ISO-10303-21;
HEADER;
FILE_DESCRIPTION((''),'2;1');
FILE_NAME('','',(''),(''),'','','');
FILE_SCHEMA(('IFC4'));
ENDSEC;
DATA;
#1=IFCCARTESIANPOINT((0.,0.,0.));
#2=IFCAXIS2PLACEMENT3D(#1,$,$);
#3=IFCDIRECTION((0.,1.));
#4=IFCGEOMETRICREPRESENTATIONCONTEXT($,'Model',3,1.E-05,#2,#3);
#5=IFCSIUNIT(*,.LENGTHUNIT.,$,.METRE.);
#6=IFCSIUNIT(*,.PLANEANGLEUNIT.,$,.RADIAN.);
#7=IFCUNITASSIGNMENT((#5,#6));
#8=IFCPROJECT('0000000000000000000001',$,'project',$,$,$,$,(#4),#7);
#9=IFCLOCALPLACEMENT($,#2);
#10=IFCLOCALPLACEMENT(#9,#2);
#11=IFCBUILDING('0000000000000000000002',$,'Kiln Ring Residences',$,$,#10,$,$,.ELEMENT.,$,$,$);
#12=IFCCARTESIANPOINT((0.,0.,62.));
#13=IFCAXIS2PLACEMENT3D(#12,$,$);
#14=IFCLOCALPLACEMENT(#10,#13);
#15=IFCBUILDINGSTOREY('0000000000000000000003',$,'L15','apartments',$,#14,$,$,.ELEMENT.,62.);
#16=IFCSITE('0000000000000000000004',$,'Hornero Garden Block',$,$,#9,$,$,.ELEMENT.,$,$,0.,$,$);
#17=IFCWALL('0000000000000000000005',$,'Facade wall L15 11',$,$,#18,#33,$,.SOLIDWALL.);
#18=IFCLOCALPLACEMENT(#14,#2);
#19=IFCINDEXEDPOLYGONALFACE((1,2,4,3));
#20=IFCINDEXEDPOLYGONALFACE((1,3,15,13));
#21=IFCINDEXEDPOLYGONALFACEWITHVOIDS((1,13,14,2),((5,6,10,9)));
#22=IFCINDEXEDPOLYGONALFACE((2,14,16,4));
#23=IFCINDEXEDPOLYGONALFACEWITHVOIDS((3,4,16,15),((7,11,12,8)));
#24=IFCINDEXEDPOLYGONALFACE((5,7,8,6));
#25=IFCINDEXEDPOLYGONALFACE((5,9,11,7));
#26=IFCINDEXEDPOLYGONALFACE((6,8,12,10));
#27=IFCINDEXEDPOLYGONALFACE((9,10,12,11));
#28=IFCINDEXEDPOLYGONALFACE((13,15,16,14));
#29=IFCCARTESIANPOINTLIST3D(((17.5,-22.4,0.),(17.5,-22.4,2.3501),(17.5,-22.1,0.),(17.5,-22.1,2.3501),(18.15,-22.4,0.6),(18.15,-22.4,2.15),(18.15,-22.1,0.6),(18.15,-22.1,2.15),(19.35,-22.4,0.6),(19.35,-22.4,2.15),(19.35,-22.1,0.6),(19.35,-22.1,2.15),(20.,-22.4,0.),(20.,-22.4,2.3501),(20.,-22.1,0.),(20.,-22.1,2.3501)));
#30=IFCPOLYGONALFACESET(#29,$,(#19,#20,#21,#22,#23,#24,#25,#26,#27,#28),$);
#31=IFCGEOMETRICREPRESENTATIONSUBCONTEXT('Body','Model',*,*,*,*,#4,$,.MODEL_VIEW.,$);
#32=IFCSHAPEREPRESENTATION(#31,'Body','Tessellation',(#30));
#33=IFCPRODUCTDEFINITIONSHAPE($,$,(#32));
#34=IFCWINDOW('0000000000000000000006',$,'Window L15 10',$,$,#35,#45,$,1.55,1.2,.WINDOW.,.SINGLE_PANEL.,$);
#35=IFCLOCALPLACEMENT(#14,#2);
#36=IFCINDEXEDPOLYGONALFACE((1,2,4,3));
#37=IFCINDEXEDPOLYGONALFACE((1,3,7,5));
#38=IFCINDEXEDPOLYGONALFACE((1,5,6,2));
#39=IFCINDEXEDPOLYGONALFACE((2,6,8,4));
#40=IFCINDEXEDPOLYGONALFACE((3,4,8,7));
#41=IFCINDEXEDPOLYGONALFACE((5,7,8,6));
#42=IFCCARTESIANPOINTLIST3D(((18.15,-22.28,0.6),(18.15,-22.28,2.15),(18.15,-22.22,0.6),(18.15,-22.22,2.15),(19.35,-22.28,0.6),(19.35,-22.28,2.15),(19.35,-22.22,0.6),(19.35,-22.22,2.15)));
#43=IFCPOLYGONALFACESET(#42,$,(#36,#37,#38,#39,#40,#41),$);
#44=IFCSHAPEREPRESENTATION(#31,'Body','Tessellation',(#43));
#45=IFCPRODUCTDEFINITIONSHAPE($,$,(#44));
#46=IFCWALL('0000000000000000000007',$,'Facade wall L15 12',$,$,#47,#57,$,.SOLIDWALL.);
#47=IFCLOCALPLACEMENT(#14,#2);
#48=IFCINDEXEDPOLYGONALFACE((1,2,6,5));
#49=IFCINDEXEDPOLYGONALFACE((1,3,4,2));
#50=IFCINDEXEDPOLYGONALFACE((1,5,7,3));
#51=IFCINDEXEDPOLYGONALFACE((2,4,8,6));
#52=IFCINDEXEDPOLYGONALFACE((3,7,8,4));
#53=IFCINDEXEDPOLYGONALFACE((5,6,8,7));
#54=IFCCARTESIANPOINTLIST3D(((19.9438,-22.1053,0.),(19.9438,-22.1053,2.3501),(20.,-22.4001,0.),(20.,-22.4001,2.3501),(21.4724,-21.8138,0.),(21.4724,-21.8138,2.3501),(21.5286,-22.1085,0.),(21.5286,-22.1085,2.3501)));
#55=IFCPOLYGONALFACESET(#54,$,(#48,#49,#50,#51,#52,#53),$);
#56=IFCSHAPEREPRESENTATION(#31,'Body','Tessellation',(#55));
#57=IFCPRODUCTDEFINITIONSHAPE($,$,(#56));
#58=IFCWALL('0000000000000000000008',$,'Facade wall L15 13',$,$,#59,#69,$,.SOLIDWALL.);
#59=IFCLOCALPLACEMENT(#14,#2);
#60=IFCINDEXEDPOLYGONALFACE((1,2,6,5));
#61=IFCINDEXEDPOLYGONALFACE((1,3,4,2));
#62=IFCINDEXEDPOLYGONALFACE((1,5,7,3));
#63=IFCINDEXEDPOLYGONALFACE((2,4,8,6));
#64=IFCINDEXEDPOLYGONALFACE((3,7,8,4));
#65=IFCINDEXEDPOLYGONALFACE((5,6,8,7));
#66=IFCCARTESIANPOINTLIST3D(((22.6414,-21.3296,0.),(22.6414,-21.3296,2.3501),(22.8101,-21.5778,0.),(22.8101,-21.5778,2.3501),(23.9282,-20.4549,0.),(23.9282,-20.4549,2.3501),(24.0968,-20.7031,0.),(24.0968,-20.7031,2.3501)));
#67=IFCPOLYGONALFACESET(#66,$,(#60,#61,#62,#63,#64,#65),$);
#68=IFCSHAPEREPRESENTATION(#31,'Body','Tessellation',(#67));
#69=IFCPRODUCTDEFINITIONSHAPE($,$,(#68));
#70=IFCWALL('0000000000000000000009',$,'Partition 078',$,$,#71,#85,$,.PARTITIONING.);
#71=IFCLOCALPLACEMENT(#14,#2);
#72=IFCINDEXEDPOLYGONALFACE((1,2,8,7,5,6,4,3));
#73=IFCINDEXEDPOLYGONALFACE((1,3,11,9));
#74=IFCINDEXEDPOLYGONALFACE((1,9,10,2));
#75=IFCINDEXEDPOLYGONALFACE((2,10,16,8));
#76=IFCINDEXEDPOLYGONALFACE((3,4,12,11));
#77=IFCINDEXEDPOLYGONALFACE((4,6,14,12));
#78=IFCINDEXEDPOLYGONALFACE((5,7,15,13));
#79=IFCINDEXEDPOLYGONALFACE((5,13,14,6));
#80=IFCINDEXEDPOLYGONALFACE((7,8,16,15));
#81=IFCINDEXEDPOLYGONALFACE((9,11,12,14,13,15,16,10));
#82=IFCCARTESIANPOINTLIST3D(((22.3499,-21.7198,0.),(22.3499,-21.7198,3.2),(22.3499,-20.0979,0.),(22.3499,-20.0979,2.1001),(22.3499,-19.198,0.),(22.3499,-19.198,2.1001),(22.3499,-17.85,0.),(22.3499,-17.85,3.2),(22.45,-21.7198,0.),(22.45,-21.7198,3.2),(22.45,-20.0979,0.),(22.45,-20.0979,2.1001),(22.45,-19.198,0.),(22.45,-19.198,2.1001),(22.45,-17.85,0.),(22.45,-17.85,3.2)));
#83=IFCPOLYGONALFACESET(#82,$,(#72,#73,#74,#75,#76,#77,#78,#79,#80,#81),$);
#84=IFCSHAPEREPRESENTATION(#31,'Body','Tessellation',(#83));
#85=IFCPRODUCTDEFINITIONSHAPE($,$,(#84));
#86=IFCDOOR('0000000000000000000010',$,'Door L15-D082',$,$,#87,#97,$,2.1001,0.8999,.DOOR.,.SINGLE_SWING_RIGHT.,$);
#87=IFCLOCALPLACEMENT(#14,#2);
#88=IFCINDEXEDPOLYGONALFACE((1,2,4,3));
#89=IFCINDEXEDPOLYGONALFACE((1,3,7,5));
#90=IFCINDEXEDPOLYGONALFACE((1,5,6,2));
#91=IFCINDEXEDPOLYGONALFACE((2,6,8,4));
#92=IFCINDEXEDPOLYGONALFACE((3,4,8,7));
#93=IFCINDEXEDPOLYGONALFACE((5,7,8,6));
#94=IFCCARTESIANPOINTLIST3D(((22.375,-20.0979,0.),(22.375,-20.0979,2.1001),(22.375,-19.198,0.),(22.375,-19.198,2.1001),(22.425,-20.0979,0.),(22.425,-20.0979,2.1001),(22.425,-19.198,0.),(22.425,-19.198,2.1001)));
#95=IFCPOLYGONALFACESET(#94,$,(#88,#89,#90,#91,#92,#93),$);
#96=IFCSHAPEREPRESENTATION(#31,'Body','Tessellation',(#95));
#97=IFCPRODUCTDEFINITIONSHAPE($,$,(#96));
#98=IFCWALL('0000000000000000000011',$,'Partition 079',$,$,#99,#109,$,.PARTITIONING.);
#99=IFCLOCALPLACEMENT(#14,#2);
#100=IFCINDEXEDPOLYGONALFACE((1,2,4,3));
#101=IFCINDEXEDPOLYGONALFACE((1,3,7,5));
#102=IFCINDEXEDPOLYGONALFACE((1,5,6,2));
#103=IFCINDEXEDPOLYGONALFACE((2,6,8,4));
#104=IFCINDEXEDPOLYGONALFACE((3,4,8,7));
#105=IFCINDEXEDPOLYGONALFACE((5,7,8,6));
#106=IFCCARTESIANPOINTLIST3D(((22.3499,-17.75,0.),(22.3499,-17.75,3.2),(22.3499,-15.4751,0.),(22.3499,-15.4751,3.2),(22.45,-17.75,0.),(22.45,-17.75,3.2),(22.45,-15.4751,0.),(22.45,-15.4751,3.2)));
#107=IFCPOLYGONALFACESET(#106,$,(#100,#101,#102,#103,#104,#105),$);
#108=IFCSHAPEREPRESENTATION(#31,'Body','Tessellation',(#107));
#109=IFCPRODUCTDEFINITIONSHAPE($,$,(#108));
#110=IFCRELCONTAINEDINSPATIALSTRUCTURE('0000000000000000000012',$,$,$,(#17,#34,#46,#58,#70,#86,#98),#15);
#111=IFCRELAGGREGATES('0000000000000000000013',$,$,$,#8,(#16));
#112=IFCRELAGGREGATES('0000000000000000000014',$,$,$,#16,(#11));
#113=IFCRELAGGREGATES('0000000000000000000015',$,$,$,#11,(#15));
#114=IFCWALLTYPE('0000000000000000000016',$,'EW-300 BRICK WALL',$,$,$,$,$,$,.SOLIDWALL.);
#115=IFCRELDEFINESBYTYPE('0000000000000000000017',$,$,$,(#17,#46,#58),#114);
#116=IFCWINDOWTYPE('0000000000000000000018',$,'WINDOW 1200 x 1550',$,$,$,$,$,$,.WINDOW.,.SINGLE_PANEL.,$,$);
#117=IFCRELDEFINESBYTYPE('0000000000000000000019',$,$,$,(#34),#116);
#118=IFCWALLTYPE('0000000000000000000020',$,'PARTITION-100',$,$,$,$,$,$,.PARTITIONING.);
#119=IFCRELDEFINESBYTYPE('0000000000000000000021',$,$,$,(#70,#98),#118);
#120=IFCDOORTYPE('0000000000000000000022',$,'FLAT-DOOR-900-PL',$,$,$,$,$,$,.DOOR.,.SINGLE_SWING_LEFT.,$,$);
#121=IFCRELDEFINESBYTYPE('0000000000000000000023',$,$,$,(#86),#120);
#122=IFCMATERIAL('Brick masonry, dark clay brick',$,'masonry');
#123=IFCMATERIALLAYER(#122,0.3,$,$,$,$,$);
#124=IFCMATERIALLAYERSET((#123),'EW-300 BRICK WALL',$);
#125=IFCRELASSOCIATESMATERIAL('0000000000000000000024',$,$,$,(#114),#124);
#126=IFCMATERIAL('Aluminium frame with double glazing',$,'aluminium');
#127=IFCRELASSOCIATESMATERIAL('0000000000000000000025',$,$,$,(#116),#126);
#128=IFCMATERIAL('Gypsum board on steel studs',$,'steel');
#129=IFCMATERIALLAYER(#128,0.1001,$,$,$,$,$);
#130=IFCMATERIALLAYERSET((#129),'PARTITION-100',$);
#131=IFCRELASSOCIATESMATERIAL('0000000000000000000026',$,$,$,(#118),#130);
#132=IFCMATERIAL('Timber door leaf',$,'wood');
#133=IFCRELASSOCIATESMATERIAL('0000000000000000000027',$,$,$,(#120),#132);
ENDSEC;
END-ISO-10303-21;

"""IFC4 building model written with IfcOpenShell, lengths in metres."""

from ifc_helpers import new_model, si_unit, direction, frame, frame_2d, origin, place, context, subcontext, project, spatial, rectangle, extrude, material, layer, layer_set, type_object, element, fill, save


model = new_model("IFC4")

# Units and contexts
model_context = context("Model", 3, precision=1e-05, world=origin(), true_north=direction((0.0, 1.0)))
body_context = subcontext(model_context, "Body", "Model", "MODEL_VIEW")
ifc_project = project(units=[si_unit("LENGTHUNIT", "METRE"), si_unit("PLANEANGLEUNIT", "RADIAN")], contexts=[model_context])

# Site, building, storey
site_placement = place(None, origin())
site = spatial("IfcSite", under=ifc_project, at=site_placement, Name="Hornero Garden Block", CompositionType="ELEMENT", RefElevation=0.0)
building_placement = place(site_placement, origin())
building = spatial("IfcBuilding", under=site, at=building_placement, Name="Kiln Ring Residences", CompositionType="ELEMENT")
storey_placement = place(building_placement, frame((0.0, 0.0, 62.0)))
storey = spatial("IfcBuildingStorey", under=building, at=storey_placement, Name="L15", Description="apartments", CompositionType="ELEMENT", Elevation=62.0)

# Wall, opening, window
ifc_material_1 = material(Name="Brick masonry, dark clay brick", Category="masonry")
ifc_layer_1 = layer(ifc_material_1, 0.3)
ifc_layer_set_1 = layer_set([ifc_layer_1], Name="EW-300 BRICK WALL")
wall_type_1 = type_object("IfcWallType", Name="EW-300 BRICK WALL", PredefinedType="SOLIDWALL", material=ifc_layer_set_1)
wall_1_placement = place(storey_placement, frame((17.5, -22.25, 0.0), z_axis=(0.0, 0.0, 1.0), x_axis=(1.0, 0.0, 0.0)))
wall_1 = element("IfcWall", 1, at=wall_1_placement, inside=storey, type_object=wall_type_1, Name="Facade wall L15 11", PredefinedType="SOLIDWALL", context=body_context, shape_type="SweptSolid", body=[
    extrude(rectangle(XDim=2.5, YDim=0.3, at=frame_2d((1.25, 0.0))), origin(), (0.0, 0.0, 1.0), 2.3501),
])
opening_1_placement = place(wall_1_placement, frame((0.6499, 0.0, 0.6001)))
opening_1 = element("IfcOpeningElement", 2, at=opening_1_placement, cuts=wall_1, PredefinedType="OPENING", context=body_context, shape_type="SweptSolid", body=[
    extrude(rectangle(XDim=1.2, YDim=1.55, at=frame_2d((0.6001, 0.7749))), frame((0.0, 0.1599, 0.0), z_axis=(0.0, -1.0, 0.0), x_axis=(1.0, 0.0, 0.0)), (0.0, 0.0, 1.0), 0.3201),
])
ifc_material_2 = material(Name="Aluminium frame with double glazing", Category="aluminium")
window_type = type_object("IfcWindowType", Name="WINDOW 1200 x 1550", PartitioningType="SINGLE_PANEL", PredefinedType="WINDOW", material=ifc_material_2)
window_placement = place(opening_1_placement, origin())
window = element("IfcWindow", 3, at=window_placement, inside=storey, type_object=window_type, Name="Window L15 10", OverallHeight=1.55, OverallWidth=1.2, PartitioningType="SINGLE_PANEL", PredefinedType="WINDOW", context=body_context, shape_type="SweptSolid", body=[
    extrude(rectangle(XDim=1.2, YDim=1.55, at=frame_2d((0.6001, 0.7749))), frame((0.0, 0.03, 0.0), z_axis=(0.0, -1.0, 0.0), x_axis=(1.0, 0.0, 0.0)), (0.0, 0.0, 1.0), 0.0601),
])
fill(opening_1, window)

# Walls
wall_2_placement = place(storey_placement, frame((19.9719, -22.2527, 0.0), z_axis=(0.0, 0.0, 1.0), x_axis=(0.982297, 0.187328, 0.0)))
element("IfcWall", 4, at=wall_2_placement, inside=storey, type_object=wall_type_1, Name="Facade wall L15 12", PredefinedType="SOLIDWALL", context=body_context, shape_type="SweptSolid", body=[
    extrude(rectangle(XDim=1.5562, YDim=0.3, at=frame_2d((0.7781, 0.0))), origin(), (0.0, 0.0, 1.0), 2.3501),
])
wall_3_placement = place(storey_placement, frame((22.7258, -21.4536, 0.0), z_axis=(0.0, 0.0, 1.0), x_axis=(0.82702, 0.562173, 0.0)))
element("IfcWall", 5, at=wall_3_placement, inside=storey, type_object=wall_type_1, Name="Facade wall L15 13", PredefinedType="SOLIDWALL", context=body_context, shape_type="SweptSolid", body=[
    extrude(rectangle(XDim=1.5559, YDim=0.3, at=frame_2d((0.7778, 0.0))), origin(), (0.0, 0.0, 1.0), 2.3501),
])

# Wall, opening, door
ifc_material_3 = material(Name="Gypsum board on steel studs", Category="steel")
ifc_layer_2 = layer(ifc_material_3, 0.1001)
ifc_layer_set_2 = layer_set([ifc_layer_2], Name="PARTITION-100")
wall_type_2 = type_object("IfcWallType", Name="PARTITION-100", PredefinedType="PARTITIONING", material=ifc_layer_set_2)
wall_4_placement = place(storey_placement, frame((22.3999, -21.72, 0.0), z_axis=(0.0, 0.0, 1.0), x_axis=(0.0, 1.0, 0.0)))
wall_4 = element("IfcWall", 6, at=wall_4_placement, inside=storey, type_object=wall_type_2, Name="Partition 078", PredefinedType="PARTITIONING", context=body_context, shape_type="SweptSolid", body=[
    extrude(rectangle(XDim=3.8699, YDim=0.1001, at=frame_2d((1.9351, 0.0))), origin(), (0.0, 0.0, 1.0), 3.2),
])
opening_2_placement = place(wall_4_placement, frame((1.6221, 0.0, 0.0)))
opening_2 = element("IfcOpeningElement", 7, at=opening_2_placement, cuts=wall_4, PredefinedType="OPENING", context=body_context, shape_type="SweptSolid", body=[
    extrude(rectangle(XDim=0.8999, YDim=2.1001, at=frame_2d((0.45, 1.05))), frame((0.0, 0.0601, 0.0), z_axis=(0.0, -1.0, 0.0), x_axis=(1.0, 0.0, 0.0)), (0.0, 0.0, 1.0), 0.1201),
])
ifc_material_4 = material(Name="Timber door leaf", Category="wood")
door_type_1 = type_object("IfcDoorType", Name="FLAT-DOOR-900-PL", OperationType="SINGLE_SWING_LEFT", PredefinedType="DOOR", material=ifc_material_4)
door_1_placement = place(opening_2_placement, origin())
door_1 = element("IfcDoor", 8, at=door_1_placement, inside=storey, type_object=door_type_1, Name="Door L15-D082", OperationType="SINGLE_SWING_RIGHT", OverallHeight=2.1001, OverallWidth=0.8999, PredefinedType="DOOR", context=body_context, shape_type="SweptSolid", body=[
    extrude(rectangle(XDim=0.8999, YDim=2.1001, at=frame_2d((0.45, 1.05))), frame((0.0, 0.0249, 0.0), z_axis=(0.0, -1.0, 0.0), x_axis=(1.0, 0.0, 0.0)), (0.0, 0.0, 1.0), 0.05),
])
fill(opening_2, door_1)

# Wall
wall_5_placement = place(storey_placement, frame((22.3999, -17.75, 0.0), z_axis=(0.0, 0.0, 1.0), x_axis=(0.0, 1.0, 0.0)))
element("IfcWall", 9, at=wall_5_placement, inside=storey, type_object=wall_type_2, Name="Partition 079", PredefinedType="PARTITIONING", context=body_context, shape_type="SweptSolid", body=[
    extrude(rectangle(XDim=2.2749, YDim=0.1001, at=frame_2d((1.1375, 0.0))), origin(), (0.0, 0.0, 1.0), 3.2),
])

save(model, "model.ifc")
